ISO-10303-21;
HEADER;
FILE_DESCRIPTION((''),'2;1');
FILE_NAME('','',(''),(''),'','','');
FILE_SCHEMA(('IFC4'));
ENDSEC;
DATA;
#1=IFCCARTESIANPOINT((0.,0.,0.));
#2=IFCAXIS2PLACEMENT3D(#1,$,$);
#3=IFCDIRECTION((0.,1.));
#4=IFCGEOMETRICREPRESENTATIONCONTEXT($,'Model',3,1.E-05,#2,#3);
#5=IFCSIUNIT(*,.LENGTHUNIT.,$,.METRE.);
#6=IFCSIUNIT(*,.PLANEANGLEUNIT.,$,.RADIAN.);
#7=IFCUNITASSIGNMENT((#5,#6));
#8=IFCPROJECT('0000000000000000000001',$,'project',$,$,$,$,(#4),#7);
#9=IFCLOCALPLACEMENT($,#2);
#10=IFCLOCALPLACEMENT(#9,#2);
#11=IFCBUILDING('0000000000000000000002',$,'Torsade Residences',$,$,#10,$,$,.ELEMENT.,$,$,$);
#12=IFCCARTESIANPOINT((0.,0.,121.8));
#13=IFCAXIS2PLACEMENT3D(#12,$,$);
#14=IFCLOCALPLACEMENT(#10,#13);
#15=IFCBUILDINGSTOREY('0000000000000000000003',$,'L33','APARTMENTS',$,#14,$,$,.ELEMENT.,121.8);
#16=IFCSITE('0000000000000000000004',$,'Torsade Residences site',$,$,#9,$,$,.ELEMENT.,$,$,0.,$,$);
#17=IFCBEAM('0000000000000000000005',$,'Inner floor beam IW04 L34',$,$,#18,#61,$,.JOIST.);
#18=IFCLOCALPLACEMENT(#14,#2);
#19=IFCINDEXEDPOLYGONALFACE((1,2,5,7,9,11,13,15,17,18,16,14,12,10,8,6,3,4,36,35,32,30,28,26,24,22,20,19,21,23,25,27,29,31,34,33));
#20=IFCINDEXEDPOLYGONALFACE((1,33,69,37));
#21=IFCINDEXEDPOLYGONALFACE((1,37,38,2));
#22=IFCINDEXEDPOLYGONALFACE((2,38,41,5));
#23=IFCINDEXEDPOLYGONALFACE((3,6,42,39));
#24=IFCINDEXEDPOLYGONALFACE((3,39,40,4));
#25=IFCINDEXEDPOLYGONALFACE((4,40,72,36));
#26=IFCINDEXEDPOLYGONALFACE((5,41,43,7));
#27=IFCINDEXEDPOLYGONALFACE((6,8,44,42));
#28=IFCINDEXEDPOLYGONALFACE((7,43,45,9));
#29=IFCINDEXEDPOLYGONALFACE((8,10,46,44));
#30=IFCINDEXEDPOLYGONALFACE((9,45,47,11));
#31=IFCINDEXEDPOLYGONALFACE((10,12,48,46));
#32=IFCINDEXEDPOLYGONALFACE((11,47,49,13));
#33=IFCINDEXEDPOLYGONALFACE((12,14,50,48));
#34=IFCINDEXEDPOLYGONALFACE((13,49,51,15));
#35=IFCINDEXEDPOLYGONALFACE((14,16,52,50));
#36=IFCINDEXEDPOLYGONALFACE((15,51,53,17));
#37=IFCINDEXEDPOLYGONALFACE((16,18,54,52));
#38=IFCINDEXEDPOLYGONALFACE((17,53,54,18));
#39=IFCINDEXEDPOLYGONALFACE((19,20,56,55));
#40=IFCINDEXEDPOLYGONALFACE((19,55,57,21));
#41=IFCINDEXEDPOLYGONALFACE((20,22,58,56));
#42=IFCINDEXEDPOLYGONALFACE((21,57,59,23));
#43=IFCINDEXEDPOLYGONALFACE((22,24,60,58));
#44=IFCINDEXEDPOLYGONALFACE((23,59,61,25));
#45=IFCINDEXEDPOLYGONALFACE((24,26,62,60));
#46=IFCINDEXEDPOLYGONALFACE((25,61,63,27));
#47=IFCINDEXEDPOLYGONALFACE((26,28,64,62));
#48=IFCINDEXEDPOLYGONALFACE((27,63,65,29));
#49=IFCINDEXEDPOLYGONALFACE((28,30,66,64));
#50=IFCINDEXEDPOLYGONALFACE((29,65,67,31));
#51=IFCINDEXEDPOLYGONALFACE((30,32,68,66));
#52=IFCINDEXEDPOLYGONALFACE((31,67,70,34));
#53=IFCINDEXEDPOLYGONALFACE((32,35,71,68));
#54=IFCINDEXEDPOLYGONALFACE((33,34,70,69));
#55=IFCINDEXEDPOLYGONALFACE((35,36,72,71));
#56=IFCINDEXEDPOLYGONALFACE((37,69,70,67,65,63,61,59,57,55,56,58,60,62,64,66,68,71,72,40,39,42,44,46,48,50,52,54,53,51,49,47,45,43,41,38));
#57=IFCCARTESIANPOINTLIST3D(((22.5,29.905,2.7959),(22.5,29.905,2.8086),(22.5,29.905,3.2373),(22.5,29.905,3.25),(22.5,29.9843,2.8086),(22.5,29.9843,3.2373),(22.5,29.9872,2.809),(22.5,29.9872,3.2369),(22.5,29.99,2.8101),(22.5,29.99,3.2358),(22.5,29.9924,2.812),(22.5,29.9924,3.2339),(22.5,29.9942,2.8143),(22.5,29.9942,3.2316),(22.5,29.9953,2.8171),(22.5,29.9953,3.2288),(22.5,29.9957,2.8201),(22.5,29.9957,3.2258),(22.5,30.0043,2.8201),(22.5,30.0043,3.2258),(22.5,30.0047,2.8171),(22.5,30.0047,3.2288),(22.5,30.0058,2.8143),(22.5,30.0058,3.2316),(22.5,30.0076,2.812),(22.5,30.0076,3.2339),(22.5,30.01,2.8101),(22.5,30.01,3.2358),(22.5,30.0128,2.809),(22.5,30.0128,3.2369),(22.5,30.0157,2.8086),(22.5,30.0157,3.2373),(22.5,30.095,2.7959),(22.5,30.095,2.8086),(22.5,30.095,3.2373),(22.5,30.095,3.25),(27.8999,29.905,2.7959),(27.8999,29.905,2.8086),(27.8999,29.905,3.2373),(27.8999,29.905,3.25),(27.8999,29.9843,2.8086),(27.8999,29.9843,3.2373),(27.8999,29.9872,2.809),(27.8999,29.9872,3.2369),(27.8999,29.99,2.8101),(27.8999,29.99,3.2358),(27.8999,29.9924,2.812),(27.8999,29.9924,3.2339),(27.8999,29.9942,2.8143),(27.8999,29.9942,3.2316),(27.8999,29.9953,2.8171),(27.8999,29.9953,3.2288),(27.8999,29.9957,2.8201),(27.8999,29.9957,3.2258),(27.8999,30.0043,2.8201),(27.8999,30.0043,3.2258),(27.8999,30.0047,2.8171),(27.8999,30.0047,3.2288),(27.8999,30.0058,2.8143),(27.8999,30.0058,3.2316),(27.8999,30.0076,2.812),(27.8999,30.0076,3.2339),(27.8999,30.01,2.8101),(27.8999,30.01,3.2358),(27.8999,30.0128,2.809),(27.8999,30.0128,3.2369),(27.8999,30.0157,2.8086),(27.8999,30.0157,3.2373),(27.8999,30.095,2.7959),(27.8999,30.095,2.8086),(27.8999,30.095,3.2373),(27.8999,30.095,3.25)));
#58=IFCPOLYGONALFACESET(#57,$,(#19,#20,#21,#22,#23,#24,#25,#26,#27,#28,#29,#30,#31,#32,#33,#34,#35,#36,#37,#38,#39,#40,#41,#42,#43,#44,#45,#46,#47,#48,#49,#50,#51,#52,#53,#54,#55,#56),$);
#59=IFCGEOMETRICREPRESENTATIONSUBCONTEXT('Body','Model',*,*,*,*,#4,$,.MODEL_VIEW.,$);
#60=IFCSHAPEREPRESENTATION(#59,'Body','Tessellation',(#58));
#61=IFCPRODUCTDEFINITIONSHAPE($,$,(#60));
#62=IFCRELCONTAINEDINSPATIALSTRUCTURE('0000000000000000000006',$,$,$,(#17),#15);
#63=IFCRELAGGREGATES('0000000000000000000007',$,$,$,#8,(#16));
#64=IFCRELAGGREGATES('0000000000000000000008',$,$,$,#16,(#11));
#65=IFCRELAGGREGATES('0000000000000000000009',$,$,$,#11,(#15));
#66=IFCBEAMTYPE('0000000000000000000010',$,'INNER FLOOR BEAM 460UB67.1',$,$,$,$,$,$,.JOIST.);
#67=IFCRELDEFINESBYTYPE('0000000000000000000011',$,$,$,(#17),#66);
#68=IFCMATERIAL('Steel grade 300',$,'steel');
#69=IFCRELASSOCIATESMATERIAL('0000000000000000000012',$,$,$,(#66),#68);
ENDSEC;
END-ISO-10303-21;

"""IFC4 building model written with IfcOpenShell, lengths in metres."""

from ifc_helpers import new_model, si_unit, direction, frame, origin, origin_2d, place, context, subcontext, project, spatial, i_section, extrude, material, material_profile, profile_set, type_object, element, save


model = new_model("IFC4")

# Units and contexts
model_context = context("Model", 3, precision=1e-05, world=origin(), true_north=direction((0.0, 1.0)))
body_context = subcontext(model_context, "Body", "Model", "MODEL_VIEW")
ifc_project = project(units=[si_unit("LENGTHUNIT", "METRE"), si_unit("PLANEANGLEUNIT", "RADIAN")], contexts=[model_context])

# Site, building, storey
site_placement = place(None, origin())
site = spatial("IfcSite", under=ifc_project, at=site_placement, Name="Torsade Residences site", CompositionType="ELEMENT", RefElevation=0.0)
building_placement = place(site_placement, origin())
building = spatial("IfcBuilding", under=site, at=building_placement, Name="Torsade Residences", CompositionType="ELEMENT")
storey_placement = place(building_placement, frame((0.0, 0.0, 121.8)))
storey = spatial("IfcBuildingStorey", under=building, at=storey_placement, Name="L33", Description="APARTMENTS", CompositionType="ELEMENT", Elevation=121.8)

# Beam
ifc_material_1 = material(Name="Steel grade 300", Category="steel")
ifc_material_profile_1 = material_profile(ifc_material_1, i_section(OverallWidth=0.1899, OverallDepth=0.4541, WebThickness=0.0085, FlangeThickness=0.0127, FilletRadius=0.0115, at=origin_2d()), Name="460UB67.1")
ifc_profile_set_1 = profile_set([ifc_material_profile_1], Name="Steel grade 300")
beam_type = type_object("IfcBeamType", Name="INNER FLOOR BEAM 460UB67.1", PredefinedType="JOIST", material=ifc_profile_set_1)
for number, where, z_axis, x_axis, name in (
    (1, (27.8999, 30.0, 3.0229), (-1.0, 0.0, 0.0), (0.0, -1.0, 0.0), "Inner floor beam IW04 L34"),
):
    element("IfcBeam", number, at=place(storey_placement, frame(where, z_axis=z_axis, x_axis=x_axis)), inside=storey, type_object=beam_type, Name=name, PredefinedType="JOIST", context=body_context, shape_type="SweptSolid", body=[
        extrude(i_section(OverallWidth=0.1899, OverallDepth=0.4541, WebThickness=0.0085, FlangeThickness=0.0127, FilletRadius=0.0115, at=origin_2d()), origin(), (0.0, 0.0, 1.0), 5.3999),
    ])

save(model, "model.ifc")
